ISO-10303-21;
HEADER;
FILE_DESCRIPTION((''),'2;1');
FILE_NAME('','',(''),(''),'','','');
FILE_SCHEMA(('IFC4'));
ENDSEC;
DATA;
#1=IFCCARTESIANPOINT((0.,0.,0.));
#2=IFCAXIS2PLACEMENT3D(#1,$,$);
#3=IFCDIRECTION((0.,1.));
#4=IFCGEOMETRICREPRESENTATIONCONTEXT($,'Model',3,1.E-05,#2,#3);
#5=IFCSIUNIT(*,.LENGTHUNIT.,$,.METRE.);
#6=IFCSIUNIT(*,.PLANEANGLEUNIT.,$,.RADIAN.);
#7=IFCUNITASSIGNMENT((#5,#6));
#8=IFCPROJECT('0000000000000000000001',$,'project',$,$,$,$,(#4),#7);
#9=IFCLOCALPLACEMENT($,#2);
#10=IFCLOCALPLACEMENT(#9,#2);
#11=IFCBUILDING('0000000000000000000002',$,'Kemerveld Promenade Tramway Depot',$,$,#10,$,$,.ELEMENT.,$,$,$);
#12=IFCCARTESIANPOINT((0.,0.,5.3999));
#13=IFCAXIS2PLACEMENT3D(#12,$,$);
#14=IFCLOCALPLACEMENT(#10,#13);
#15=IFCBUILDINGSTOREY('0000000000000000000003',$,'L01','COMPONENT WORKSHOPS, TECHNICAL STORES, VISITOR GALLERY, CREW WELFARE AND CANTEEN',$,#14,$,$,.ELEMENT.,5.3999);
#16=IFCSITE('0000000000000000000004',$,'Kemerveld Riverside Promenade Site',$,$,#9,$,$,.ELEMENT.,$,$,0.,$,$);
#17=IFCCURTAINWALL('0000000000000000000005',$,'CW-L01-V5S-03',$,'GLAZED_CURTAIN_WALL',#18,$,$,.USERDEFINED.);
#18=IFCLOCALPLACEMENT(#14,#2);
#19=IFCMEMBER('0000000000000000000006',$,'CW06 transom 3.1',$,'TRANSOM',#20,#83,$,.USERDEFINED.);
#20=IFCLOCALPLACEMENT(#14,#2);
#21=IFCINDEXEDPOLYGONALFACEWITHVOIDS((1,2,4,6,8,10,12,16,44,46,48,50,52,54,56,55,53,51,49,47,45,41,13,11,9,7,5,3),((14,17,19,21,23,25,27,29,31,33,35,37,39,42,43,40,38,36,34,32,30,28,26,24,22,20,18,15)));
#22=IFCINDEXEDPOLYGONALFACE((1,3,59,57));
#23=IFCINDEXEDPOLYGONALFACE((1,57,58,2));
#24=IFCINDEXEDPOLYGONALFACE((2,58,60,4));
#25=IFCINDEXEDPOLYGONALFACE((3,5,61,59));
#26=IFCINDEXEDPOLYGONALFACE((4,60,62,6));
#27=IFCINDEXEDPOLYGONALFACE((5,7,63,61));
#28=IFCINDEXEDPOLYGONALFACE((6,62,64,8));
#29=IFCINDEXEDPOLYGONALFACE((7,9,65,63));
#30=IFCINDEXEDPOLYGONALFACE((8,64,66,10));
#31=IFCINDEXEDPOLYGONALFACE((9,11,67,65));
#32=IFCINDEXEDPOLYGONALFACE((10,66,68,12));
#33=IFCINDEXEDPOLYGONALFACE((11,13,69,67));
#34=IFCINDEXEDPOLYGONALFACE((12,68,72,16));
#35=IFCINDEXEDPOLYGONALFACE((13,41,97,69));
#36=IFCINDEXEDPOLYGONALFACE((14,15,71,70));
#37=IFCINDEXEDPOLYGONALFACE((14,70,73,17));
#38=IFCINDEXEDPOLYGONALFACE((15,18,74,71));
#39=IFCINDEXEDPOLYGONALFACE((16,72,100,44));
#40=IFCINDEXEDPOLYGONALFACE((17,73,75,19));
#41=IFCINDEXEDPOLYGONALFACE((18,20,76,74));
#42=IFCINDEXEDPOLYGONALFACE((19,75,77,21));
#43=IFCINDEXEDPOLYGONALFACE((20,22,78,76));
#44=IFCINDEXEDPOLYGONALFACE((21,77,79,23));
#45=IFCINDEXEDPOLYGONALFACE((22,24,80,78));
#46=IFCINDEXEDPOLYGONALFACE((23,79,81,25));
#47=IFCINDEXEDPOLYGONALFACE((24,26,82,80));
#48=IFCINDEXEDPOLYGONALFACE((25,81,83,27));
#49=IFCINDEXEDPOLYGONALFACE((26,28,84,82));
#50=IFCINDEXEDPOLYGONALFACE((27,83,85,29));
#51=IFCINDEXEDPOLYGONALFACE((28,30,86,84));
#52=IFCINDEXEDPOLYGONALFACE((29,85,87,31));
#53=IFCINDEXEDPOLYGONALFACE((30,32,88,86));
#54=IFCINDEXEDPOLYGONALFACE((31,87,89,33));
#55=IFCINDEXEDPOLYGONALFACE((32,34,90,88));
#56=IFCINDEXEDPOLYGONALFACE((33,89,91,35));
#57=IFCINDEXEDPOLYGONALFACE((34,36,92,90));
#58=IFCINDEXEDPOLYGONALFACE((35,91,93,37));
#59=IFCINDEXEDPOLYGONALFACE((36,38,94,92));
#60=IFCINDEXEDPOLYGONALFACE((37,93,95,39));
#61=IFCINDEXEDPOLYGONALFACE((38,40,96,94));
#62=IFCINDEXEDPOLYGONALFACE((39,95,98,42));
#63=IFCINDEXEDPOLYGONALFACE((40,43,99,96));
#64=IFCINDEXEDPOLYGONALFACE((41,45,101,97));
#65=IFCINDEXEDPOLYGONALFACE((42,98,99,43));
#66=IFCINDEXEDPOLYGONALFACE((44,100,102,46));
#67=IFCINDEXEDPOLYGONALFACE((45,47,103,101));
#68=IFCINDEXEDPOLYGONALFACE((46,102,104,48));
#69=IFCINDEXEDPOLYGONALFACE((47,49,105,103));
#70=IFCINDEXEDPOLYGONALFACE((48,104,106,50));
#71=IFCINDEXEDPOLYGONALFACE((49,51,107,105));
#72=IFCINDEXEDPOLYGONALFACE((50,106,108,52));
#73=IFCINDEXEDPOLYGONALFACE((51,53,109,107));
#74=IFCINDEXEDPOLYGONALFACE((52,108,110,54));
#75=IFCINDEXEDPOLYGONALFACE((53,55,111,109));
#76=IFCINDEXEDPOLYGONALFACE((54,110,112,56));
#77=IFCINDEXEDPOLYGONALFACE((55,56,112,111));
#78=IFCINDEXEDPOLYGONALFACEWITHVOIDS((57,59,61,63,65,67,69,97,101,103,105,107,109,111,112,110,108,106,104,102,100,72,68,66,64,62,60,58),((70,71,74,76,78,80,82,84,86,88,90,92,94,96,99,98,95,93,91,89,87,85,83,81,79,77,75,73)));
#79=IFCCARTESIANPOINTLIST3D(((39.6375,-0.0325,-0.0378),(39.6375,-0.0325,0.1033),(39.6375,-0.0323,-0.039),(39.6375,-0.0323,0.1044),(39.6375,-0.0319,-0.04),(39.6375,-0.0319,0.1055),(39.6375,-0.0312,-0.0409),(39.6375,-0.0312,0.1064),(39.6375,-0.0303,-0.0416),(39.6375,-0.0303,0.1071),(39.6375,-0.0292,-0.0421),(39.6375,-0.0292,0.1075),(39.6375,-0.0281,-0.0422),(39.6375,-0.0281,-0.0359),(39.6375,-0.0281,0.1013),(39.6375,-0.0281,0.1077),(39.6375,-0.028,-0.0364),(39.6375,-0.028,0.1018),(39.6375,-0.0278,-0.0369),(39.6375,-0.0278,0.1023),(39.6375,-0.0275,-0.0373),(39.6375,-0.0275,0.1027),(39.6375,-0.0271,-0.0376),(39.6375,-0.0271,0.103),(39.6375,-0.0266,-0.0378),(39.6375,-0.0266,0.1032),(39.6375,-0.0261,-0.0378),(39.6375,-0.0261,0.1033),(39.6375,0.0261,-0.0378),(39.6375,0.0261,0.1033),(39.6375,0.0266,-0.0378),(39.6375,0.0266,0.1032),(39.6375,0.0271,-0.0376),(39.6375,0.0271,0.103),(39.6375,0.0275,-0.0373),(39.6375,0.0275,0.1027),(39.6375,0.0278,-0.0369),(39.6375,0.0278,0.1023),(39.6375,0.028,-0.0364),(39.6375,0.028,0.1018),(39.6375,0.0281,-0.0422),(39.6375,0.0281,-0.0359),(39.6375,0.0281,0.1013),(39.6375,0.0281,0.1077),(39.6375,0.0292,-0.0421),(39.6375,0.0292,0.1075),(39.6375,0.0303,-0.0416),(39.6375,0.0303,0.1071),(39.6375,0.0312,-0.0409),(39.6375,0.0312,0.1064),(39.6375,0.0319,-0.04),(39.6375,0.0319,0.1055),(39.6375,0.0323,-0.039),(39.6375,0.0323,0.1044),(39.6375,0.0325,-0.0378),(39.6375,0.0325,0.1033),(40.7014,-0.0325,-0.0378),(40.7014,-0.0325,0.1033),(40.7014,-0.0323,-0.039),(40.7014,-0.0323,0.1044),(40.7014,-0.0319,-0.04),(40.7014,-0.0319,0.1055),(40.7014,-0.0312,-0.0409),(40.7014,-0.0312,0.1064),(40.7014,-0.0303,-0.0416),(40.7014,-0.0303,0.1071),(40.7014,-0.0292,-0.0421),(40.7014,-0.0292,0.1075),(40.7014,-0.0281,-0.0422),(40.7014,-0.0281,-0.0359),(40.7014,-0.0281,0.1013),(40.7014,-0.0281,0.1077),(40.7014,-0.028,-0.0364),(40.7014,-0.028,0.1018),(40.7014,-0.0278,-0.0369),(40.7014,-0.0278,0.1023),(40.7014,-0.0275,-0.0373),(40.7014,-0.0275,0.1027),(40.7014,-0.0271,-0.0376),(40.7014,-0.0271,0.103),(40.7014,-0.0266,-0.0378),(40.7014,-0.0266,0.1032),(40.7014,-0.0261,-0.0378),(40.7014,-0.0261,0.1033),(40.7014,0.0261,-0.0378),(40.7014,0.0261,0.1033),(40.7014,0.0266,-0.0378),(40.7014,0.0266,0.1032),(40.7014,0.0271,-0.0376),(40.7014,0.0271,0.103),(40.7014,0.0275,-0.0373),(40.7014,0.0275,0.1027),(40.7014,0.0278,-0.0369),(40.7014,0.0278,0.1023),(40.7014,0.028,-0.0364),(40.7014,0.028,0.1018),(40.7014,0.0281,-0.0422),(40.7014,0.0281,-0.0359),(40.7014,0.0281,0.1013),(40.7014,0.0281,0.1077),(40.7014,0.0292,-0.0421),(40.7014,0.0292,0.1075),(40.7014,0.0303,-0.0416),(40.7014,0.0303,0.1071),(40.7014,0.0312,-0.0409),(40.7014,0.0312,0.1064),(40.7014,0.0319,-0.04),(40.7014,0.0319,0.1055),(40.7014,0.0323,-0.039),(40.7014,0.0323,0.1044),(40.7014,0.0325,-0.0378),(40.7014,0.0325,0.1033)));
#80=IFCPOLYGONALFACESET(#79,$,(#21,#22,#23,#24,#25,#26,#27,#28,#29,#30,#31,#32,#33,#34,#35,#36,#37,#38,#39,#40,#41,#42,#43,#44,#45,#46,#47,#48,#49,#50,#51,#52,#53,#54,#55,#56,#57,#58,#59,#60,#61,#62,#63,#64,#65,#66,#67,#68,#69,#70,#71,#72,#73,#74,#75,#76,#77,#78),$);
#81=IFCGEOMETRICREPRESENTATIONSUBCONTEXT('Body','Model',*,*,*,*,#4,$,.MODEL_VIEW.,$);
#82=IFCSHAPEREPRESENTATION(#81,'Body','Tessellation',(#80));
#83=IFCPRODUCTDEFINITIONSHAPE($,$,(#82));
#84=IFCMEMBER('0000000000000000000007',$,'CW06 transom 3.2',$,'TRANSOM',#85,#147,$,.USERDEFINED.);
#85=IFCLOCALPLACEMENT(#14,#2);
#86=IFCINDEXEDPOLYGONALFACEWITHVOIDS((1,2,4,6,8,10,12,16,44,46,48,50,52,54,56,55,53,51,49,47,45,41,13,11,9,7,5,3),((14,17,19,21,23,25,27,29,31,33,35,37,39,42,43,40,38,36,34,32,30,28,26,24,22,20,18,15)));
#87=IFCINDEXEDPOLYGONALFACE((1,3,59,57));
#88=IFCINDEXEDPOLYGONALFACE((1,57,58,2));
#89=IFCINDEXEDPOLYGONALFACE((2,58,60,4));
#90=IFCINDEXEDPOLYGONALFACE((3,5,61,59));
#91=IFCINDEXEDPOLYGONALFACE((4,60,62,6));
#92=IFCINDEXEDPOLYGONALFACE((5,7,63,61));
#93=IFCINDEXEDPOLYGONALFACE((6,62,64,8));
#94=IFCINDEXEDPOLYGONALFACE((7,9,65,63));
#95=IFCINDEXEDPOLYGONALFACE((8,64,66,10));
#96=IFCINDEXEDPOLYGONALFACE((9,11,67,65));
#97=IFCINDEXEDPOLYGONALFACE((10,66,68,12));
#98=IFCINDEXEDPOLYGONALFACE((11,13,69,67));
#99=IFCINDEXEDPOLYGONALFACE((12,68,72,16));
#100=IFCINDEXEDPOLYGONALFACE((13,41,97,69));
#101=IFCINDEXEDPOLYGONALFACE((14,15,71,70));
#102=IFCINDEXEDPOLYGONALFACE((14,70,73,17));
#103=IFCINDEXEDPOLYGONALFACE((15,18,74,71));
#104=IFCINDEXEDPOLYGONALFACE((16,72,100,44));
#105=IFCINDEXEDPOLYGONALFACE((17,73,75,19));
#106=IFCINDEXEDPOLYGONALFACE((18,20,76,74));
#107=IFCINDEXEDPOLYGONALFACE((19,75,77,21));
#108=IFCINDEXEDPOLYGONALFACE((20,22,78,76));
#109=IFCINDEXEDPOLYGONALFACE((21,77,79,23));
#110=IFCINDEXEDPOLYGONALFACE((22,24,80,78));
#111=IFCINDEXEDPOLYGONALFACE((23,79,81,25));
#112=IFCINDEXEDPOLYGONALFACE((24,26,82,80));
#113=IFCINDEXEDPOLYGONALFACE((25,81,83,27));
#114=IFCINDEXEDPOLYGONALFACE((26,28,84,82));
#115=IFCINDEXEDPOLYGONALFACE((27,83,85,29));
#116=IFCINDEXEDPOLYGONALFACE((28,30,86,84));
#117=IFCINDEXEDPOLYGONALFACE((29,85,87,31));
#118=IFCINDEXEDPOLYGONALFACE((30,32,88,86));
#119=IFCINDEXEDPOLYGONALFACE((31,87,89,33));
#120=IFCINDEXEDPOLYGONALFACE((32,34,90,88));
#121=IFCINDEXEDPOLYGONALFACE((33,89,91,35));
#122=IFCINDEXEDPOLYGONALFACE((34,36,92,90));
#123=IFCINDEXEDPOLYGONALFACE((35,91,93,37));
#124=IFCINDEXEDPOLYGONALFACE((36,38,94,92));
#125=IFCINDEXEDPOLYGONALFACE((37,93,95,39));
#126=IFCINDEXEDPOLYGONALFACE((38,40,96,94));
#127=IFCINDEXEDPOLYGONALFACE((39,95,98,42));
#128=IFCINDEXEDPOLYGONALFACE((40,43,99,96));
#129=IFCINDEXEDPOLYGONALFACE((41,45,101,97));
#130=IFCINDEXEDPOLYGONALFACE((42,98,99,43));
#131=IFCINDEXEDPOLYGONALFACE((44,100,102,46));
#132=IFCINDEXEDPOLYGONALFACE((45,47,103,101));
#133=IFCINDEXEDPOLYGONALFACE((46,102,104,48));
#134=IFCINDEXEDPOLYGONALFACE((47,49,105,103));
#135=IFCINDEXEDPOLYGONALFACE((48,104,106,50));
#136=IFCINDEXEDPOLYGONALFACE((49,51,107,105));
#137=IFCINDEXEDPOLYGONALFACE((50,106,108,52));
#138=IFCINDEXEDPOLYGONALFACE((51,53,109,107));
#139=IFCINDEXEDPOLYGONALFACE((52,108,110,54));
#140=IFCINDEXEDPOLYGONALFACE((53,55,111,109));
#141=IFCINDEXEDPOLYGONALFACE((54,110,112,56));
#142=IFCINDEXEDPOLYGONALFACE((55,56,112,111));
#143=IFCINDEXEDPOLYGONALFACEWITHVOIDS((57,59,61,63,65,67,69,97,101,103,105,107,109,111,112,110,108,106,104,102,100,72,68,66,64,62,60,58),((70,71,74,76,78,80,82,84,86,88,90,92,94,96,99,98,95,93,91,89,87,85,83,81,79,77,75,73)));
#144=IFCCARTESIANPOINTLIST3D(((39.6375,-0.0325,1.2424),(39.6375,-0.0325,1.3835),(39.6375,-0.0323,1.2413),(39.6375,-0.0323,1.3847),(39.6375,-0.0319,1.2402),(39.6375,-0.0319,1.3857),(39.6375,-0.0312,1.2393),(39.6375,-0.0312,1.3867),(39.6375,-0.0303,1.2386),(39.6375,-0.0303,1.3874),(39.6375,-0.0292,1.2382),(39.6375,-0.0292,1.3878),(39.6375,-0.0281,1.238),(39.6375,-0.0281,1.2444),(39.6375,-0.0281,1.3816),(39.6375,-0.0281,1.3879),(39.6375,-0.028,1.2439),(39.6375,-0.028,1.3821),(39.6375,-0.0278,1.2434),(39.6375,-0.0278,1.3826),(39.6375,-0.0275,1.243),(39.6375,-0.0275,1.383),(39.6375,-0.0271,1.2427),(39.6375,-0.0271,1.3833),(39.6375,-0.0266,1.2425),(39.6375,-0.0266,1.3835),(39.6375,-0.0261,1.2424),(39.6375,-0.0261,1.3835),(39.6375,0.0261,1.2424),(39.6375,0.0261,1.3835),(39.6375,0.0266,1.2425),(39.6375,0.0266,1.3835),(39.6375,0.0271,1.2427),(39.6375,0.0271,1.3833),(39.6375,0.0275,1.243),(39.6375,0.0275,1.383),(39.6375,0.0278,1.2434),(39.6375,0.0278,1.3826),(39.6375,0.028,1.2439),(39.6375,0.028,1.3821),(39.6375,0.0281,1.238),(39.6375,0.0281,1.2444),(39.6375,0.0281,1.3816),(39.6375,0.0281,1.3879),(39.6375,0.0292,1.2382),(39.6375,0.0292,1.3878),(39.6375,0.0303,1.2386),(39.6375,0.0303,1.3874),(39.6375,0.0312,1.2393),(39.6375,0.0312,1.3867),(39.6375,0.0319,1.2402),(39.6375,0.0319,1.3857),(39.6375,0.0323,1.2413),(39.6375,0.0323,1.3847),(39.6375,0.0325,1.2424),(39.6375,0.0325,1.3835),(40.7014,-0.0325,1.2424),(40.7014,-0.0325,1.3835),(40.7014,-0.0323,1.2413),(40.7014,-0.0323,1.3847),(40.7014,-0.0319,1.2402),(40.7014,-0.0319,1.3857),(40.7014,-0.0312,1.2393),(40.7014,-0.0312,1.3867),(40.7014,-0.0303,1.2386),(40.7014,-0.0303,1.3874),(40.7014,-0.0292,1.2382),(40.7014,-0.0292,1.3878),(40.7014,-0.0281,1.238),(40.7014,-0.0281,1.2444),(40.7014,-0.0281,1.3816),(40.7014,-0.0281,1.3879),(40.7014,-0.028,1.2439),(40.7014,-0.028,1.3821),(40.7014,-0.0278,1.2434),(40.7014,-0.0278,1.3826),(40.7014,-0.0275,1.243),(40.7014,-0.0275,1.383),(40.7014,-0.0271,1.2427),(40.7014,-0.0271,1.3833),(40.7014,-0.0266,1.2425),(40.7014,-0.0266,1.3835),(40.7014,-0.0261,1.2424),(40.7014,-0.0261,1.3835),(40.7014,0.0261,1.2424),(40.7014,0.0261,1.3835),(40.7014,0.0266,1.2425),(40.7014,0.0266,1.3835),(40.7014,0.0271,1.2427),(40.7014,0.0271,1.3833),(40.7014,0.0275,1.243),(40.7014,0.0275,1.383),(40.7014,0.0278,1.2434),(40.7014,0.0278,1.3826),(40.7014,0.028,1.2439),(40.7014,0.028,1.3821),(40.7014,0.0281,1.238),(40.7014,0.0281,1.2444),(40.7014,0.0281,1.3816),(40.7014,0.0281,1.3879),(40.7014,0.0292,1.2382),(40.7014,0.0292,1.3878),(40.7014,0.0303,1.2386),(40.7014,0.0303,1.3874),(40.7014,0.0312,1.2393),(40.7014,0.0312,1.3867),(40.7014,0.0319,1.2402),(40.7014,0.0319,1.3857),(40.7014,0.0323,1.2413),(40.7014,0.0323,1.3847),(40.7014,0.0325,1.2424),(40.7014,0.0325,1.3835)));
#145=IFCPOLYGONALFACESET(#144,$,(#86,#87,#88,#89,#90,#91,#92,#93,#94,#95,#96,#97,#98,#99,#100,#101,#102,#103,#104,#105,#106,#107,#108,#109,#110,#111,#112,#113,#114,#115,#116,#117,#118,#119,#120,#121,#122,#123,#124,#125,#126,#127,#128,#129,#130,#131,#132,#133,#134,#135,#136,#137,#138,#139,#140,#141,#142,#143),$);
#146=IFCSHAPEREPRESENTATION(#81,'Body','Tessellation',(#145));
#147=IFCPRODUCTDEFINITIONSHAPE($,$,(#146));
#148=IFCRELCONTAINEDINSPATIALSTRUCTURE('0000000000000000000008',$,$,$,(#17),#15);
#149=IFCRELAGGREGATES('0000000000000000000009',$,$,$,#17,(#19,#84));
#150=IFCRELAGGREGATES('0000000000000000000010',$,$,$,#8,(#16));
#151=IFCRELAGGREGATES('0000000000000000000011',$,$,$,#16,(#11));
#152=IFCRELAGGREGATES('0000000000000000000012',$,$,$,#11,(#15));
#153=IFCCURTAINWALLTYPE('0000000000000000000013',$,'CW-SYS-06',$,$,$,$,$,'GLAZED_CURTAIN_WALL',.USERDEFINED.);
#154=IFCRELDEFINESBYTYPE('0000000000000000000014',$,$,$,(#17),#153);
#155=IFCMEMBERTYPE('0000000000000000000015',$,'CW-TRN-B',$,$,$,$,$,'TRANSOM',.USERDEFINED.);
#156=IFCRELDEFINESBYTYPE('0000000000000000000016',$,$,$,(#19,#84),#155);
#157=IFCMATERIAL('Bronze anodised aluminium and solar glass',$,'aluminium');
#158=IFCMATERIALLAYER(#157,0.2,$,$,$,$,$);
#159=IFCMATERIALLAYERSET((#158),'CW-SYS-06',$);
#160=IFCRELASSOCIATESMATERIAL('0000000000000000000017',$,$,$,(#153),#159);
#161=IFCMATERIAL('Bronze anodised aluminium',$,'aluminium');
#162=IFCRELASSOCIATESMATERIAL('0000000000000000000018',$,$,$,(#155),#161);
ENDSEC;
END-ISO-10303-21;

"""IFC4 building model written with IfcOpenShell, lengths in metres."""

from ifc_helpers import new_model, si_unit, direction, frame, origin, origin_2d, place, context, subcontext, project, spatial, hollow_rectangle, extrude, material, layer, layer_set, material_profile, profile_set, type_object, element, aggregate, save


model = new_model("IFC4")

# Units and contexts
model_context = context("Model", 3, precision=1e-05, world=origin(), true_north=direction((0.0, 1.0)))
body_context = subcontext(model_context, "Body", "Model", "MODEL_VIEW")
ifc_project = project(units=[si_unit("LENGTHUNIT", "METRE"), si_unit("PLANEANGLEUNIT", "RADIAN")], contexts=[model_context])

# Site, building, storey
site_placement = place(None, origin())
site = spatial("IfcSite", under=ifc_project, at=site_placement, Name="Kemerveld Riverside Promenade Site", CompositionType="ELEMENT", RefElevation=0.0)
building_placement = place(site_placement, origin())
building = spatial("IfcBuilding", under=site, at=building_placement, Name="Kemerveld Promenade Tramway Depot", CompositionType="ELEMENT")
storey_placement = place(building_placement, frame((0.0, 0.0, 5.3999)))
storey = spatial("IfcBuildingStorey", under=building, at=storey_placement, Name="L01", Description="COMPONENT WORKSHOPS, TECHNICAL STORES, VISITOR GALLERY, CREW WELFARE AND CANTEEN", CompositionType="ELEMENT", Elevation=5.3999)

# Curtain wall, members
ifc_material_1 = material(Name="Bronze anodised aluminium and solar glass", Category="aluminium")
ifc_layer_1 = layer(ifc_material_1, 0.2)
ifc_layer_set_1 = layer_set([ifc_layer_1], Name="CW-SYS-06")
curtain_wall_type = type_object("IfcCurtainWallType", Name="CW-SYS-06", ElementType="GLAZED_CURTAIN_WALL", PredefinedType="USERDEFINED", material=ifc_layer_set_1)
curtain_wall_placement = place(storey_placement, origin())
curtain_wall = element("IfcCurtainWall", 1, at=curtain_wall_placement, inside=storey, type_object=curtain_wall_type, Name="CW-L01-V5S-03", ObjectType="GLAZED_CURTAIN_WALL", PredefinedType="USERDEFINED")
ifc_material_2 = material(Name="Bronze anodised aluminium", Category="aluminium")
ifc_material_profile_1 = material_profile(ifc_material_2, hollow_rectangle(XDim=0.0649, YDim=0.1499, WallThickness=0.0044, InnerFilletRadius=0.002, OuterFilletRadius=0.0044, at=origin_2d()), Name="CW-TRN-150x65")
ifc_profile_set_1 = profile_set([ifc_material_profile_1], Name="Bronze anodised aluminium")
member_type_1 = type_object("IfcMemberType", Name="CW-TRN-B", ElementType="TRANSOM", PredefinedType="USERDEFINED", material=ifc_profile_set_1)
member_1_placement = place(storey_placement, frame((40.7014, 0.0, 0.0327), z_axis=(-1.0, 0.0, 0.0), x_axis=(0.0, -1.0, 0.0)))
member_1 = element("IfcMember", 2, at=member_1_placement, type_object=member_type_1, Name="CW06 transom 3.1", ObjectType="TRANSOM", PredefinedType="USERDEFINED", context=body_context, shape_type="SweptSolid", body=[
    extrude(hollow_rectangle(XDim=0.0649, YDim=0.1499, WallThickness=0.0044, InnerFilletRadius=0.002, OuterFilletRadius=0.0044, at=origin_2d()), origin(), (0.0, 0.0, 1.0), 1.064),
])
member_2_placement = place(storey_placement, frame((40.7014, 0.0, 1.313), z_axis=(-1.0, 0.0, 0.0), x_axis=(0.0, -1.0, 0.0)))
member_2 = element("IfcMember", 3, at=member_2_placement, type_object=member_type_1, Name="CW06 transom 3.2", ObjectType="TRANSOM", PredefinedType="USERDEFINED", context=body_context, shape_type="SweptSolid", body=[
    extrude(hollow_rectangle(XDim=0.0649, YDim=0.1499, WallThickness=0.0044, InnerFilletRadius=0.002, OuterFilletRadius=0.0044, at=origin_2d()), origin(), (0.0, 0.0, 1.0), 1.064),
])
aggregate(curtain_wall, [member_1, member_2])

save(model, "model.ifc")
